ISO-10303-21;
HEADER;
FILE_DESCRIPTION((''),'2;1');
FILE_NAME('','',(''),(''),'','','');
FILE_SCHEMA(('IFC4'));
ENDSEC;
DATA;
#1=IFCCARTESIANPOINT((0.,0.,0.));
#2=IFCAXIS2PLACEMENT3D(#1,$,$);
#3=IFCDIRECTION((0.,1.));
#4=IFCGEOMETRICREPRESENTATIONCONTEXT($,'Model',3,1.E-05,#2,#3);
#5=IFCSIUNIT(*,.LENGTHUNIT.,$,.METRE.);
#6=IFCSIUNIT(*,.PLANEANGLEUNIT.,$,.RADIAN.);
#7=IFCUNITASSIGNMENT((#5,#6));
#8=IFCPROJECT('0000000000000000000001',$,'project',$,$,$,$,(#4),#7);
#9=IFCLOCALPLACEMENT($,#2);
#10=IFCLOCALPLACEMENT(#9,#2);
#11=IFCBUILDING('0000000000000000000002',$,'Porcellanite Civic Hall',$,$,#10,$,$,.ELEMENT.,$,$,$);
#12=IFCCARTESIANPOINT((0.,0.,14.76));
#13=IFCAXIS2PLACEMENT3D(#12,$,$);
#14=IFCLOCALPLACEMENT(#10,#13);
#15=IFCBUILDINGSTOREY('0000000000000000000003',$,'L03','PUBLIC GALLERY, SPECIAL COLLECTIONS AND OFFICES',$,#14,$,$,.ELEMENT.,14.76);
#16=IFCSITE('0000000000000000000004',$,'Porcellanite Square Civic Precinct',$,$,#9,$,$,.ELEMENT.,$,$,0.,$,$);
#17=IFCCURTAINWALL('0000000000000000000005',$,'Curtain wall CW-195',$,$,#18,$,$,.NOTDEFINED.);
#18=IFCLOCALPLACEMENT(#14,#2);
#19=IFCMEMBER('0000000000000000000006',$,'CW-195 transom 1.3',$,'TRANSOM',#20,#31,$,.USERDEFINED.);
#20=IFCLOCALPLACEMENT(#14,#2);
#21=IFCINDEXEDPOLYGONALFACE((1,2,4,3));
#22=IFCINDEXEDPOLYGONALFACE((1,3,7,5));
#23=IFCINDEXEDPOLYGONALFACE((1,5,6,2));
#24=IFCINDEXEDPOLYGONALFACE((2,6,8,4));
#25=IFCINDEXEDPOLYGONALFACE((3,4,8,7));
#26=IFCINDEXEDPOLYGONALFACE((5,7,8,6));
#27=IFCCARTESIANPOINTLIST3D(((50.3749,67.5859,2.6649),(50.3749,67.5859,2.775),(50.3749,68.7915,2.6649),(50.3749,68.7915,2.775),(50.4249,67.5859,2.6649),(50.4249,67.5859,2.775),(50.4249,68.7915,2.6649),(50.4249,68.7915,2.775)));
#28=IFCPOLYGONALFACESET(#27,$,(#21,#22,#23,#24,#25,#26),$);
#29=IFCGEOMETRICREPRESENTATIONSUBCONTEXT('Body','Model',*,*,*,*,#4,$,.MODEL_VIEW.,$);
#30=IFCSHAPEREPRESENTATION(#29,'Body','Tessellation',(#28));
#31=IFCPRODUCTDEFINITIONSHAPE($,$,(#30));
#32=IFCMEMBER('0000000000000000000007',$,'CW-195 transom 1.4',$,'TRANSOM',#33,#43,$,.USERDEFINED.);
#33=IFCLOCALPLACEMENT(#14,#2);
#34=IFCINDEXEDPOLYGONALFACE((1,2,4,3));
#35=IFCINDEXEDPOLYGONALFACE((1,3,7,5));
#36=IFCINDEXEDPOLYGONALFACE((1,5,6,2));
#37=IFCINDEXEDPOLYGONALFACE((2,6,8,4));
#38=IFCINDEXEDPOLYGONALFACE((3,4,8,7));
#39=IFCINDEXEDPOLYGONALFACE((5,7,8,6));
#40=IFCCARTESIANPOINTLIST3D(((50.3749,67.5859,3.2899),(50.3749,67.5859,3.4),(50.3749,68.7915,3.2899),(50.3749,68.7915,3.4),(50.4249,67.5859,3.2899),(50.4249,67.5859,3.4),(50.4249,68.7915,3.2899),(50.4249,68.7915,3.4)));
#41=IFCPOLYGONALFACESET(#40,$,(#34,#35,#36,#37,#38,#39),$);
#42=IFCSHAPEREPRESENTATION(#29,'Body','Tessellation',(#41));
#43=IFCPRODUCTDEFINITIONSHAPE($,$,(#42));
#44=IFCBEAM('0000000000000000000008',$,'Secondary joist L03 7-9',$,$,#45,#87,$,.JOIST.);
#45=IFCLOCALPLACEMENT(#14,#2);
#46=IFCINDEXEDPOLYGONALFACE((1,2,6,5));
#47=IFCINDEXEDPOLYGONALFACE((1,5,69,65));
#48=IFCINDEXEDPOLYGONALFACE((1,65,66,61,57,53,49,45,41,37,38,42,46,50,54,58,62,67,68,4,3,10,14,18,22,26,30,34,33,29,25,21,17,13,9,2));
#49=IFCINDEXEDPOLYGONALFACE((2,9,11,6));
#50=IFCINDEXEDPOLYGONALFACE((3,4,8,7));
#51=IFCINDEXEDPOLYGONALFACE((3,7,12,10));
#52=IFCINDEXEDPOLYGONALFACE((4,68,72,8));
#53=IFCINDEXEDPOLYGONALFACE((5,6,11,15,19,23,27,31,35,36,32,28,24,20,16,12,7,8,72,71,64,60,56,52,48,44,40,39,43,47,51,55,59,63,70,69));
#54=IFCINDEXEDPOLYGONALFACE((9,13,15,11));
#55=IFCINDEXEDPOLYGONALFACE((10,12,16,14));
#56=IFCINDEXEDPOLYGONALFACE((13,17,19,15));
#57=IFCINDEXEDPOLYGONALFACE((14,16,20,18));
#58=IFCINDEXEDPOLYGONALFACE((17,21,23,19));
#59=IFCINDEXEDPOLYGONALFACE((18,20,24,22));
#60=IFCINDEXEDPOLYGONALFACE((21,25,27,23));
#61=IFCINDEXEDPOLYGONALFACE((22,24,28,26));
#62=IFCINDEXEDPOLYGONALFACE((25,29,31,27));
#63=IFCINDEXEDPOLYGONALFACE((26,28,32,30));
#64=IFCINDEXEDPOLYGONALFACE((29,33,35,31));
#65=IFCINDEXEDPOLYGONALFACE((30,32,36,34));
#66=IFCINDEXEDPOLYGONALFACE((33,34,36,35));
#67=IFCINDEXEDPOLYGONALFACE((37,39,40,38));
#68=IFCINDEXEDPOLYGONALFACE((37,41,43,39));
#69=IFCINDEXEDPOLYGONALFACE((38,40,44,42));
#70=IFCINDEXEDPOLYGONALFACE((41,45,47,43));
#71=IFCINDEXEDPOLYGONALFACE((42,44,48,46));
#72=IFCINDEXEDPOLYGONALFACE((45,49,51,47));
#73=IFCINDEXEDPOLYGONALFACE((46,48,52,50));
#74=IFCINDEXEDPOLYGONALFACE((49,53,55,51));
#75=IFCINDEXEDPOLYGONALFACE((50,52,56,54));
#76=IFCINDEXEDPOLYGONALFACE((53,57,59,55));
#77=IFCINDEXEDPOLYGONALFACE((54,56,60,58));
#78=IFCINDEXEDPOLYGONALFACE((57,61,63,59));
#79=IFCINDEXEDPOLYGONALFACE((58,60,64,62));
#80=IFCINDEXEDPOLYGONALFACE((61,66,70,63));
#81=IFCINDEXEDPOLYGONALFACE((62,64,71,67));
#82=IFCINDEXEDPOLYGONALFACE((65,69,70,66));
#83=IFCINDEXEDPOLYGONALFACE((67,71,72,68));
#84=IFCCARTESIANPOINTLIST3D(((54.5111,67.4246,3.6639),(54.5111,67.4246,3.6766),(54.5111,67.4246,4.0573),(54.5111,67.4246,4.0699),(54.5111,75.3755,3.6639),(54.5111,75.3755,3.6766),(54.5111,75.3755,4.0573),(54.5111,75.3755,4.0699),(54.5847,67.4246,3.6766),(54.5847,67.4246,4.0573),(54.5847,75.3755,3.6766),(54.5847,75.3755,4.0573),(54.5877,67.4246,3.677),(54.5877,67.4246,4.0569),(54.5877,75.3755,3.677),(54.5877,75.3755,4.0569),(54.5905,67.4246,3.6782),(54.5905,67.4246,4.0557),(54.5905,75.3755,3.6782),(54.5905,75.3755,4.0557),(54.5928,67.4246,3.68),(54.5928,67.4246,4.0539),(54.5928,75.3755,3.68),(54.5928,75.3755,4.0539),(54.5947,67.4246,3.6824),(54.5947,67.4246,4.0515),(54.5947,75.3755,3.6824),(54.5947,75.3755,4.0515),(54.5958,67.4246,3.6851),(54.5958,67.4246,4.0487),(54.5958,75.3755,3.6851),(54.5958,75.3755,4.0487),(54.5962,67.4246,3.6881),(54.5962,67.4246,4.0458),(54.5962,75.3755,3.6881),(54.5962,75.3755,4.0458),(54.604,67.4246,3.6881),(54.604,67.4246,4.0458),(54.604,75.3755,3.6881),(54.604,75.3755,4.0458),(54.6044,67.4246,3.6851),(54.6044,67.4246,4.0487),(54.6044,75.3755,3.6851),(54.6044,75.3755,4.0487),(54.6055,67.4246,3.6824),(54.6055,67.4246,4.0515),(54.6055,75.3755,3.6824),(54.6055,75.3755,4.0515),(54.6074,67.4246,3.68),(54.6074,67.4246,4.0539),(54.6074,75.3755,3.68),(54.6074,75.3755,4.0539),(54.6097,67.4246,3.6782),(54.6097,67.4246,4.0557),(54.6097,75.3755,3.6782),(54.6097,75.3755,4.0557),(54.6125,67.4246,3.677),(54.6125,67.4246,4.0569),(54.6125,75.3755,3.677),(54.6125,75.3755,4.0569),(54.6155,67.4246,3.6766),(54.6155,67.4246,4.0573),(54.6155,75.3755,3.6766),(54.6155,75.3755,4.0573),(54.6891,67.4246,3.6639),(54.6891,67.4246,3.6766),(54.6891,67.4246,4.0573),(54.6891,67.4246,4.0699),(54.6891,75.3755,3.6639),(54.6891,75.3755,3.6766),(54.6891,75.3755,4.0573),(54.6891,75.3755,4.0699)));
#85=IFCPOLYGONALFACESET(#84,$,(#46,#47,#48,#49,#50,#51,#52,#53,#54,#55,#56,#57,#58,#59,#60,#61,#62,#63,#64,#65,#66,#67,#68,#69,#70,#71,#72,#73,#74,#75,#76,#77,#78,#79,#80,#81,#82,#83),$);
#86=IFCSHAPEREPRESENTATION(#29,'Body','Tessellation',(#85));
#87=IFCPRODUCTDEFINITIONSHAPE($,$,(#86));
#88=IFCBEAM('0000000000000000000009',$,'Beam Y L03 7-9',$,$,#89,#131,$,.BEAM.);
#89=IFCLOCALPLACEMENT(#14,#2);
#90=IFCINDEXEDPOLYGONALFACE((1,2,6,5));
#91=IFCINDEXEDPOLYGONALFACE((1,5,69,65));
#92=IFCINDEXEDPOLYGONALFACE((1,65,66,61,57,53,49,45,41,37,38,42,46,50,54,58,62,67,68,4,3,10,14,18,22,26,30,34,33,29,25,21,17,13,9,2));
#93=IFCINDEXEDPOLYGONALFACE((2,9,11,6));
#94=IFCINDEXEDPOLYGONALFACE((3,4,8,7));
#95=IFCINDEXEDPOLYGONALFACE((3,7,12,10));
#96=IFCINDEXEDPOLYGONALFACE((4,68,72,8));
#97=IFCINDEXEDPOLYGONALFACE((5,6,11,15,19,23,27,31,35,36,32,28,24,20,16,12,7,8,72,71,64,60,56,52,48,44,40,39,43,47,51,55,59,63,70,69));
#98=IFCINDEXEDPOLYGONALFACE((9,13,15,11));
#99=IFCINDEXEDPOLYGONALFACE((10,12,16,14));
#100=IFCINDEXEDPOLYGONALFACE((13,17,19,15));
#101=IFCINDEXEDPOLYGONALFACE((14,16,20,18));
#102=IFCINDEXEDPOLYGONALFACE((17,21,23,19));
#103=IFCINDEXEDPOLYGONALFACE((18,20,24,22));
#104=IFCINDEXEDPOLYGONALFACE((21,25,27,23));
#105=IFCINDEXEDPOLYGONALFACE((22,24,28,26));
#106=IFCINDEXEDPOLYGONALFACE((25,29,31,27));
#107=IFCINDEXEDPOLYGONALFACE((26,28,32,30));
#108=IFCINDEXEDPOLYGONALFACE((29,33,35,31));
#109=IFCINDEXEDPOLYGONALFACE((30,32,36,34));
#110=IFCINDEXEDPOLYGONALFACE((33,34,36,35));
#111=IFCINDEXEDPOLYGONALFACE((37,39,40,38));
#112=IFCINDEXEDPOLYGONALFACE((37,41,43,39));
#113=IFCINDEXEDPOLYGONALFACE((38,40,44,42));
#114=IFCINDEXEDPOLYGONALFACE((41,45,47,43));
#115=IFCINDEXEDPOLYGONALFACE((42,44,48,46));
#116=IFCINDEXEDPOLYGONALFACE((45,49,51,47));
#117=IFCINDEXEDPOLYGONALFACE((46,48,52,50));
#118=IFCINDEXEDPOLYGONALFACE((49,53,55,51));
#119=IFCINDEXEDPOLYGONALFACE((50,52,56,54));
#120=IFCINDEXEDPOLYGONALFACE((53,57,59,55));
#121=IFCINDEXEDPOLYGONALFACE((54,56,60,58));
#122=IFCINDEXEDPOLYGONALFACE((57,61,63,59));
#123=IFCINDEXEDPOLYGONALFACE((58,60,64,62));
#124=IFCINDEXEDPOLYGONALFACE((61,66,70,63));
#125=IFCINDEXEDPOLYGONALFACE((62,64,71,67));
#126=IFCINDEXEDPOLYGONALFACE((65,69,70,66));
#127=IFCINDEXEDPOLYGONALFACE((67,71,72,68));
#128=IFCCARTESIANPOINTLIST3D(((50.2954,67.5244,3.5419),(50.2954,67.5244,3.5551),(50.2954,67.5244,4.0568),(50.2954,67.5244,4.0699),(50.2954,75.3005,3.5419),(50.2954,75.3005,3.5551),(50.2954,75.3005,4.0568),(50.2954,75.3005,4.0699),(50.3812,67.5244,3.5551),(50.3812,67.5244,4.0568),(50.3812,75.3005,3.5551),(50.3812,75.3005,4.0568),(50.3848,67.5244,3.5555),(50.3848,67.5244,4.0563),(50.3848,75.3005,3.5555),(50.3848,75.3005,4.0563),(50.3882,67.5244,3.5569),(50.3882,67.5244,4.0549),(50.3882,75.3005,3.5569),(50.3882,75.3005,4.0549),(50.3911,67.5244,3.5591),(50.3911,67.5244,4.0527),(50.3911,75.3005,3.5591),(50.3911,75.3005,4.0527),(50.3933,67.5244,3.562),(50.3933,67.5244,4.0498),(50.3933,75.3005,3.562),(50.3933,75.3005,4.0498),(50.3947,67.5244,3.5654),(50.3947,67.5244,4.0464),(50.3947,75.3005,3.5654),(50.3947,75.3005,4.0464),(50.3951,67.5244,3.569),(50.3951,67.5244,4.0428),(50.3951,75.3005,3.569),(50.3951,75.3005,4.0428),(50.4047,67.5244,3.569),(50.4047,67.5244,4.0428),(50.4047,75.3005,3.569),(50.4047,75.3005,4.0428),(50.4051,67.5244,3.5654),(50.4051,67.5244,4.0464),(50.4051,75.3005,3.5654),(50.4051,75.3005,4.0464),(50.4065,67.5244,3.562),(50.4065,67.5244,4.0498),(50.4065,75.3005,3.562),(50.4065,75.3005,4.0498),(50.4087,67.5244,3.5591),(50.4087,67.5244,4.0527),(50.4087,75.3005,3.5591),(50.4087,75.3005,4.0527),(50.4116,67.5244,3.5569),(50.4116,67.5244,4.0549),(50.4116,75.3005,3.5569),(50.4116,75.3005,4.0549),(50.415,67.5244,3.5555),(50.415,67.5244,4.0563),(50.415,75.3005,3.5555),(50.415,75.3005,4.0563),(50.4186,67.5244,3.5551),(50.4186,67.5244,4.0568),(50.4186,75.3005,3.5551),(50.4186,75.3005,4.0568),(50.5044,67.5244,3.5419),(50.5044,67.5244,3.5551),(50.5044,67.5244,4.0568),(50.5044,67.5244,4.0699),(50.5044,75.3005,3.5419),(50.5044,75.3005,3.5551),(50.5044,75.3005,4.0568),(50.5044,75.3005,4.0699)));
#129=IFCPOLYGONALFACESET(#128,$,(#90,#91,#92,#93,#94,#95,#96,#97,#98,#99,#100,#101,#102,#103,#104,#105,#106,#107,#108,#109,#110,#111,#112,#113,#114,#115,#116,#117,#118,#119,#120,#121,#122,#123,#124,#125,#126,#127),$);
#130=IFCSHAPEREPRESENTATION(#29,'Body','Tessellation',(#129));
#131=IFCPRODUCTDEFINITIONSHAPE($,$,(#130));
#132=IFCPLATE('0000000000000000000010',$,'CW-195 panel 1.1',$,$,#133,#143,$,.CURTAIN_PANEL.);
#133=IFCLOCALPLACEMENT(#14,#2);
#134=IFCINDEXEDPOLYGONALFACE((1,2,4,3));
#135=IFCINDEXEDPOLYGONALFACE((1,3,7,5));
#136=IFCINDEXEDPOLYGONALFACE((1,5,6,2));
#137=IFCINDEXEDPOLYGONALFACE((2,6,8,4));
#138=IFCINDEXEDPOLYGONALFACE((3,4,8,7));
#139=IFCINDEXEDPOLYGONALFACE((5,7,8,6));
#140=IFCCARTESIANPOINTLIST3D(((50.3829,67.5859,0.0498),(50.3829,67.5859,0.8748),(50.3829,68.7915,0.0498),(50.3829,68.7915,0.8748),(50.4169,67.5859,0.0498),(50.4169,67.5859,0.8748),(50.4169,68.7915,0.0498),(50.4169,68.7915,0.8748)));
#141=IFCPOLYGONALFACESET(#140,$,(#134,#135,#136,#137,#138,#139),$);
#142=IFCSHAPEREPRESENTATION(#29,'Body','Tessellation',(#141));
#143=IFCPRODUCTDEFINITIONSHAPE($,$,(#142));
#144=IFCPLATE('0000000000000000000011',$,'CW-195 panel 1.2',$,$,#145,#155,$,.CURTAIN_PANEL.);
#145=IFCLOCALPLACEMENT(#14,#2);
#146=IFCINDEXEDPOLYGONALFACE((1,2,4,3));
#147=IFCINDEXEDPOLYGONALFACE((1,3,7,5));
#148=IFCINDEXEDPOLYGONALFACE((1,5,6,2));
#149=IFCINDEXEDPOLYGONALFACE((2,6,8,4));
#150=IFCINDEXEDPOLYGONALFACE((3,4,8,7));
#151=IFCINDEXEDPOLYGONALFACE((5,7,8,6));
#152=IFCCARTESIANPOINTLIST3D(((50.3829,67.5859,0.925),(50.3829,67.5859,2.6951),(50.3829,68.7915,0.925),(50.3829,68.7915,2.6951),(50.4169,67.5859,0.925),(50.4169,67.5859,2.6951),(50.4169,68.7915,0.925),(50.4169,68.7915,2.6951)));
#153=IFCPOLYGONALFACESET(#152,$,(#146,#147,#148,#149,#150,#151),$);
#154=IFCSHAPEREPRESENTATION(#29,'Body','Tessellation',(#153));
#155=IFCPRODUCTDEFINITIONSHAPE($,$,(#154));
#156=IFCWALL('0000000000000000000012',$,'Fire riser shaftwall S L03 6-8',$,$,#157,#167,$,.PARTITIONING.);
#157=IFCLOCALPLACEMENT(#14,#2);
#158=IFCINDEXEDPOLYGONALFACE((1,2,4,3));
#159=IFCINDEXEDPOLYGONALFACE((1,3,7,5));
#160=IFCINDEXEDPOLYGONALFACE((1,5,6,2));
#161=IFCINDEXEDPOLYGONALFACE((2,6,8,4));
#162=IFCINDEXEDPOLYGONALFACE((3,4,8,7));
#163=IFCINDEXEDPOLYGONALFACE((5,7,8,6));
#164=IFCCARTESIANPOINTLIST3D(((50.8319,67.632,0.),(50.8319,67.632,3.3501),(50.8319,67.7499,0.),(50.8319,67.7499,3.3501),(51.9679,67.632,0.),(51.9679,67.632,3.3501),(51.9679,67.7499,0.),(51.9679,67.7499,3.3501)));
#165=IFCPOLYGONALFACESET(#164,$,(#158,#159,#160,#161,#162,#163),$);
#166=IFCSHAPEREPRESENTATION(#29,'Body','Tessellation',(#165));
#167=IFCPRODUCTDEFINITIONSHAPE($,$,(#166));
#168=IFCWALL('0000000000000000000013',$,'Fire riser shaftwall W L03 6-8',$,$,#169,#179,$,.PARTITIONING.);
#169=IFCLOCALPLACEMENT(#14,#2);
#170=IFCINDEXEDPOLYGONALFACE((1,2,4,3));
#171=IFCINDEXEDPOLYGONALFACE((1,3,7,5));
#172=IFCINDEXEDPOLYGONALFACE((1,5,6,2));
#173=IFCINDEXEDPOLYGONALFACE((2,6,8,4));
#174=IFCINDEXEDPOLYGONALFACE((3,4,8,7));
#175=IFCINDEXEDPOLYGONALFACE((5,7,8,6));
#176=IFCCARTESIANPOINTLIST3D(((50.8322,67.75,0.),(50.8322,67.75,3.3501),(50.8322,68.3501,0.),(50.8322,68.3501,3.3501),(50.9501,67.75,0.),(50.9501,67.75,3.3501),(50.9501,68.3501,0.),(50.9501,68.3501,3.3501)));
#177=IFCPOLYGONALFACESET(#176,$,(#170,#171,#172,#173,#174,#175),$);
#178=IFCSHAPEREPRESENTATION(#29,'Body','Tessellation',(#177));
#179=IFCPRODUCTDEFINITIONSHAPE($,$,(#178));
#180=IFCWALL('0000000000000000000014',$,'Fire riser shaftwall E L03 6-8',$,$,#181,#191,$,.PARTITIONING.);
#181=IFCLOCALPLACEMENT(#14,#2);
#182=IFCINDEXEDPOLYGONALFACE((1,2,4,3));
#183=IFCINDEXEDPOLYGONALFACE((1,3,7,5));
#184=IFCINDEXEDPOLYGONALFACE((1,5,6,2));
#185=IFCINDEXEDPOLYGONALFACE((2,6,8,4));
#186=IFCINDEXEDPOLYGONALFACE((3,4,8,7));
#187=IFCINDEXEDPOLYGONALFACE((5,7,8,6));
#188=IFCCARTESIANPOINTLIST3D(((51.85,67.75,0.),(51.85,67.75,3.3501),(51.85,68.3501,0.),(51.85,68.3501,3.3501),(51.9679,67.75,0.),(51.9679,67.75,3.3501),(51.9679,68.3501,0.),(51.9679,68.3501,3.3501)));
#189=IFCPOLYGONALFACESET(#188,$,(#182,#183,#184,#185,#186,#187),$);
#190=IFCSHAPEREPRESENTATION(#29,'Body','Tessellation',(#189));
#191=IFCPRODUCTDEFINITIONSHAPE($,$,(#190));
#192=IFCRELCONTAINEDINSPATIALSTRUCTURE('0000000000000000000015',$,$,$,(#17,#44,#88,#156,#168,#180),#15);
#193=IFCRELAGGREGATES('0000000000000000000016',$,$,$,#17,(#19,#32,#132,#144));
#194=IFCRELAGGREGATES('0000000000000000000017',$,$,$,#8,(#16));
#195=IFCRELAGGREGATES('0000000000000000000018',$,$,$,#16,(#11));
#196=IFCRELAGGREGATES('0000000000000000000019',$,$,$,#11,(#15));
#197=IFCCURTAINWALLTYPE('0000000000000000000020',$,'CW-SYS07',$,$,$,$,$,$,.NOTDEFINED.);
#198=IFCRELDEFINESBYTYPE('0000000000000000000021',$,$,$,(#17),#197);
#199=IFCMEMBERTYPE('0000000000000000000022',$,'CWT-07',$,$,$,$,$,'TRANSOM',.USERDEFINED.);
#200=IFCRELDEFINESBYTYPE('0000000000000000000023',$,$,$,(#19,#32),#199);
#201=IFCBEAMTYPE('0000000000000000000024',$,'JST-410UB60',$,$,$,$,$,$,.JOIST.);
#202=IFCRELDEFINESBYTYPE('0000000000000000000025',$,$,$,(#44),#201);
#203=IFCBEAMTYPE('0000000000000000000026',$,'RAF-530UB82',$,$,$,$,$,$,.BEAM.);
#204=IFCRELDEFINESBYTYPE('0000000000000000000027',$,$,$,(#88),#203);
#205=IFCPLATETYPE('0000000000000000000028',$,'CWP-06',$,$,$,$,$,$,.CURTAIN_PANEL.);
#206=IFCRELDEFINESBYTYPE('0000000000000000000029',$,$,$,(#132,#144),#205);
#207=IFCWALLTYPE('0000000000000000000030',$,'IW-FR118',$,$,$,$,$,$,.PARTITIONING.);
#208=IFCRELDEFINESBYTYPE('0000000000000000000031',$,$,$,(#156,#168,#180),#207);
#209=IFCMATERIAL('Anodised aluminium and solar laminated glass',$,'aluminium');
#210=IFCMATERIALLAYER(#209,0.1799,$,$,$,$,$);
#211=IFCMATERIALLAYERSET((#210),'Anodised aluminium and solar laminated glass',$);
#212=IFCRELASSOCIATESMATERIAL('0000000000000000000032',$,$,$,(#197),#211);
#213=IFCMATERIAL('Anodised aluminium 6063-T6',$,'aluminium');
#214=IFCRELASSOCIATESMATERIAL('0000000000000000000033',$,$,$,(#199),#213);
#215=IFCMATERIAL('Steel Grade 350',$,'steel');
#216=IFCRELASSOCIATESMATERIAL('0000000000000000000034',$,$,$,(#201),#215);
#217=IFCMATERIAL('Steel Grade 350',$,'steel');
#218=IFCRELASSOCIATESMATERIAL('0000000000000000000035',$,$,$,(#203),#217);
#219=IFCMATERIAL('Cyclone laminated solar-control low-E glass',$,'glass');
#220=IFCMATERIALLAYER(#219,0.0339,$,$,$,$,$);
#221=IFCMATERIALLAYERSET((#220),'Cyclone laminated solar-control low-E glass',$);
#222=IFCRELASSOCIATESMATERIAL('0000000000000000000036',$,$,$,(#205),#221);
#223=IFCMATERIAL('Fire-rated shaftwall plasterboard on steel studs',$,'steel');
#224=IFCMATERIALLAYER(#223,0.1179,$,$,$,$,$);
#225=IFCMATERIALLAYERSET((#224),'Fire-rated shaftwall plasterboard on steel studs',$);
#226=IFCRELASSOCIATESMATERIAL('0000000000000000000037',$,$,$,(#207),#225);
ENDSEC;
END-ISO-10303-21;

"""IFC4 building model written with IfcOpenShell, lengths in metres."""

from ifc_helpers import new_model, si_unit, direction, frame, frame_2d, origin, origin_2d, place, context, subcontext, project, spatial, rectangle, i_section, extrude, material, layer, layer_set, material_profile, profile_set, type_object, element, aggregate, save


model = new_model("IFC4")

# Units and contexts
model_context = context("Model", 3, precision=1e-05, world=origin(), true_north=direction((0.0, 1.0)))
body_context = subcontext(model_context, "Body", "Model", "MODEL_VIEW")
ifc_project = project(units=[si_unit("LENGTHUNIT", "METRE"), si_unit("PLANEANGLEUNIT", "RADIAN")], contexts=[model_context])

# Site, building, storey
site_placement = place(None, origin())
site = spatial("IfcSite", under=ifc_project, at=site_placement, Name="Porcellanite Square Civic Precinct", CompositionType="ELEMENT", RefElevation=0.0)
building_placement = place(site_placement, origin())
building = spatial("IfcBuilding", under=site, at=building_placement, Name="Porcellanite Civic Hall", CompositionType="ELEMENT")
storey_placement = place(building_placement, frame((0.0, 0.0, 14.76)))
storey = spatial("IfcBuildingStorey", under=building, at=storey_placement, Name="L03", Description="PUBLIC GALLERY, SPECIAL COLLECTIONS AND OFFICES", CompositionType="ELEMENT", Elevation=14.76)

# Curtain wall, members
ifc_material_1 = material(Name="Anodised aluminium and solar laminated glass", Category="aluminium")
ifc_layer_1 = layer(ifc_material_1, 0.1799)
ifc_layer_set_1 = layer_set([ifc_layer_1], Name="Anodised aluminium and solar laminated glass")
curtain_wall_type_1 = type_object("IfcCurtainWallType", Name="CW-SYS07", PredefinedType="NOTDEFINED", material=ifc_layer_set_1)
curtain_wall_1_placement = place(storey_placement, origin())
curtain_wall_1 = element("IfcCurtainWall", 1, at=curtain_wall_1_placement, inside=storey, type_object=curtain_wall_type_1, Name="Curtain wall CW-195", PredefinedType="NOTDEFINED")
ifc_material_2 = material(Name="Anodised aluminium 6063-T6", Category="aluminium")
ifc_material_profile_1 = material_profile(ifc_material_2, rectangle(XDim=0.05, YDim=0.1101, at=origin_2d()), Name="AL-50x110")
ifc_profile_set_1 = profile_set([ifc_material_profile_1], Name="Anodised aluminium 6063-T6")
member_type_1 = type_object("IfcMemberType", Name="CWT-07", ElementType="TRANSOM", PredefinedType="USERDEFINED", material=ifc_profile_set_1)
member_1_placement = place(storey_placement, frame((50.3999, 67.5859, 2.72), z_axis=(0.0, 1.0, 0.0), x_axis=(-1.0, 0.0, 0.0)))
member_1 = element("IfcMember", 2, at=member_1_placement, type_object=member_type_1, Name="CW-195 transom 1.3", ObjectType="TRANSOM", PredefinedType="USERDEFINED", context=body_context, shape_type="SweptSolid", body=[
    extrude(rectangle(XDim=0.05, YDim=0.1101, at=origin_2d()), origin(), (0.0, 0.0, 1.0), 1.2056),
])
member_2_placement = place(storey_placement, frame((50.3999, 67.5859, 3.345), z_axis=(0.0, 1.0, 0.0), x_axis=(-1.0, 0.0, 0.0)))
member_2 = element("IfcMember", 3, at=member_2_placement, type_object=member_type_1, Name="CW-195 transom 1.4", ObjectType="TRANSOM", PredefinedType="USERDEFINED", context=body_context, shape_type="SweptSolid", body=[
    extrude(rectangle(XDim=0.05, YDim=0.1101, at=origin_2d()), origin(), (0.0, 0.0, 1.0), 1.2056),
])

# Beams
ifc_material_3 = material(Name="Steel Grade 350", Category="steel")
ifc_material_profile_2 = material_profile(ifc_material_3, i_section(OverallWidth=0.178, OverallDepth=0.406, WebThickness=0.0078, FlangeThickness=0.0127, FilletRadius=0.0115, at=origin_2d()), Name="410UB59.7")
ifc_profile_set_2 = profile_set([ifc_material_profile_2], Name="Steel Grade 350")
beam_type_1 = type_object("IfcBeamType", Name="JST-410UB60", PredefinedType="JOIST", material=ifc_profile_set_2)
beam_1_placement = place(storey_placement, frame((54.6001, 67.4246, 3.8669), z_axis=(0.0, 1.0, 0.0), x_axis=(-1.0, 0.0, 0.0)))
element("IfcBeam", 4, at=beam_1_placement, inside=storey, type_object=beam_type_1, Name="Secondary joist L03 7-9", PredefinedType="JOIST", context=body_context, shape_type="SweptSolid", body=[
    extrude(i_section(OverallWidth=0.178, OverallDepth=0.406, WebThickness=0.0078, FlangeThickness=0.0127, FilletRadius=0.0115, at=origin_2d()), origin(), (0.0, 0.0, 1.0), 7.9509),
])
ifc_material_4 = material(Name="Steel Grade 350", Category="steel")
ifc_material_profile_3 = material_profile(ifc_material_4, i_section(OverallWidth=0.209, OverallDepth=0.5281, WebThickness=0.0095, FlangeThickness=0.0132, FilletRadius=0.0139, at=origin_2d()), Name="530UB82.0")
ifc_profile_set_3 = profile_set([ifc_material_profile_3], Name="Steel Grade 350")
beam_type_2 = type_object("IfcBeamType", Name="RAF-530UB82", PredefinedType="BEAM", material=ifc_profile_set_3)
beam_2_placement = place(storey_placement, frame((50.3999, 67.5244, 3.8059), z_axis=(0.0, 1.0, 0.0), x_axis=(-1.0, 0.0, 0.0)))
element("IfcBeam", 5, at=beam_2_placement, inside=storey, type_object=beam_type_2, Name="Beam Y L03 7-9", PredefinedType="BEAM", context=body_context, shape_type="SweptSolid", body=[
    extrude(i_section(OverallWidth=0.209, OverallDepth=0.5281, WebThickness=0.0095, FlangeThickness=0.0132, FilletRadius=0.0139, at=origin_2d()), origin(), (0.0, 0.0, 1.0), 7.7761),
])

# Plates
ifc_material_5 = material(Name="Cyclone laminated solar-control low-E glass", Category="glass")
ifc_layer_2 = layer(ifc_material_5, 0.0339)
ifc_layer_set_2 = layer_set([ifc_layer_2], Name="Cyclone laminated solar-control low-E glass")
plate_type = type_object("IfcPlateType", Name="CWP-06", PredefinedType="CURTAIN_PANEL", material=ifc_layer_set_2)
plate_1_placement = place(storey_placement, frame((50.3999, 68.1887, 0.0498), z_axis=(0.0, 0.0, 1.0), x_axis=(0.0, 1.0, 0.0)))
plate_1 = element("IfcPlate", 6, at=plate_1_placement, type_object=plate_type, Name="CW-195 panel 1.1", PredefinedType="CURTAIN_PANEL", context=body_context, shape_type="SweptSolid", body=[
    extrude(rectangle(XDim=1.2056, YDim=0.0339, at=origin_2d()), origin(), (0.0, 0.0, 1.0), 0.825),
])
plate_2_placement = place(storey_placement, frame((50.3999, 68.1887, 0.925), z_axis=(0.0, 0.0, 1.0), x_axis=(0.0, 1.0, 0.0)))
plate_2 = element("IfcPlate", 7, at=plate_2_placement, type_object=plate_type, Name="CW-195 panel 1.2", PredefinedType="CURTAIN_PANEL", context=body_context, shape_type="SweptSolid", body=[
    extrude(rectangle(XDim=1.2056, YDim=0.0339, at=origin_2d()), origin(), (0.0, 0.0, 1.0), 1.77),
])
aggregate(curtain_wall_1, [member_1, member_2, plate_1, plate_2])

# Walls
ifc_material_6 = material(Name="Fire-rated shaftwall plasterboard on steel studs", Category="steel")
ifc_layer_3 = layer(ifc_material_6, 0.1179)
ifc_layer_set_3 = layer_set([ifc_layer_3], Name="Fire-rated shaftwall plasterboard on steel studs")
wall_type_1 = type_object("IfcWallType", Name="IW-FR118", PredefinedType="PARTITIONING", material=ifc_layer_set_3)
wall_1_placement = place(storey_placement, frame((50.832, 67.6909, 0.0), z_axis=(0.0, 0.0, 1.0), x_axis=(1.0, 0.0, 0.0)))
element("IfcWall", 8, at=wall_1_placement, inside=storey, type_object=wall_type_1, Name="Fire riser shaftwall S L03 6-8", PredefinedType="PARTITIONING", context=body_context, shape_type="SweptSolid", body=[
    extrude(rectangle(XDim=1.136, YDim=0.1179, at=frame_2d((0.5679, 0.0))), origin(), (0.0, 0.0, 1.0), 3.3501),
])
for number, where, z_axis, x_axis, name in (
    (9, (50.8911, 67.75, 0.0), (0.0, 0.0, 1.0), (0.0, 1.0, 0.0), "Fire riser shaftwall W L03 6-8"),
    (10, (51.9089, 67.75, 0.0), (0.0, 0.0, 1.0), (0.0, 1.0, 0.0), "Fire riser shaftwall E L03 6-8"),
):
    element("IfcWall", number, at=place(storey_placement, frame(where, z_axis=z_axis, x_axis=x_axis)), inside=storey, type_object=wall_type_1, Name=name, PredefinedType="PARTITIONING", context=body_context, shape_type="SweptSolid", body=[
        extrude(rectangle(XDim=0.6001, YDim=0.1179, at=frame_2d((0.3, 0.0))), origin(), (0.0, 0.0, 1.0), 3.3501),
    ])

save(model, "model.ifc")
